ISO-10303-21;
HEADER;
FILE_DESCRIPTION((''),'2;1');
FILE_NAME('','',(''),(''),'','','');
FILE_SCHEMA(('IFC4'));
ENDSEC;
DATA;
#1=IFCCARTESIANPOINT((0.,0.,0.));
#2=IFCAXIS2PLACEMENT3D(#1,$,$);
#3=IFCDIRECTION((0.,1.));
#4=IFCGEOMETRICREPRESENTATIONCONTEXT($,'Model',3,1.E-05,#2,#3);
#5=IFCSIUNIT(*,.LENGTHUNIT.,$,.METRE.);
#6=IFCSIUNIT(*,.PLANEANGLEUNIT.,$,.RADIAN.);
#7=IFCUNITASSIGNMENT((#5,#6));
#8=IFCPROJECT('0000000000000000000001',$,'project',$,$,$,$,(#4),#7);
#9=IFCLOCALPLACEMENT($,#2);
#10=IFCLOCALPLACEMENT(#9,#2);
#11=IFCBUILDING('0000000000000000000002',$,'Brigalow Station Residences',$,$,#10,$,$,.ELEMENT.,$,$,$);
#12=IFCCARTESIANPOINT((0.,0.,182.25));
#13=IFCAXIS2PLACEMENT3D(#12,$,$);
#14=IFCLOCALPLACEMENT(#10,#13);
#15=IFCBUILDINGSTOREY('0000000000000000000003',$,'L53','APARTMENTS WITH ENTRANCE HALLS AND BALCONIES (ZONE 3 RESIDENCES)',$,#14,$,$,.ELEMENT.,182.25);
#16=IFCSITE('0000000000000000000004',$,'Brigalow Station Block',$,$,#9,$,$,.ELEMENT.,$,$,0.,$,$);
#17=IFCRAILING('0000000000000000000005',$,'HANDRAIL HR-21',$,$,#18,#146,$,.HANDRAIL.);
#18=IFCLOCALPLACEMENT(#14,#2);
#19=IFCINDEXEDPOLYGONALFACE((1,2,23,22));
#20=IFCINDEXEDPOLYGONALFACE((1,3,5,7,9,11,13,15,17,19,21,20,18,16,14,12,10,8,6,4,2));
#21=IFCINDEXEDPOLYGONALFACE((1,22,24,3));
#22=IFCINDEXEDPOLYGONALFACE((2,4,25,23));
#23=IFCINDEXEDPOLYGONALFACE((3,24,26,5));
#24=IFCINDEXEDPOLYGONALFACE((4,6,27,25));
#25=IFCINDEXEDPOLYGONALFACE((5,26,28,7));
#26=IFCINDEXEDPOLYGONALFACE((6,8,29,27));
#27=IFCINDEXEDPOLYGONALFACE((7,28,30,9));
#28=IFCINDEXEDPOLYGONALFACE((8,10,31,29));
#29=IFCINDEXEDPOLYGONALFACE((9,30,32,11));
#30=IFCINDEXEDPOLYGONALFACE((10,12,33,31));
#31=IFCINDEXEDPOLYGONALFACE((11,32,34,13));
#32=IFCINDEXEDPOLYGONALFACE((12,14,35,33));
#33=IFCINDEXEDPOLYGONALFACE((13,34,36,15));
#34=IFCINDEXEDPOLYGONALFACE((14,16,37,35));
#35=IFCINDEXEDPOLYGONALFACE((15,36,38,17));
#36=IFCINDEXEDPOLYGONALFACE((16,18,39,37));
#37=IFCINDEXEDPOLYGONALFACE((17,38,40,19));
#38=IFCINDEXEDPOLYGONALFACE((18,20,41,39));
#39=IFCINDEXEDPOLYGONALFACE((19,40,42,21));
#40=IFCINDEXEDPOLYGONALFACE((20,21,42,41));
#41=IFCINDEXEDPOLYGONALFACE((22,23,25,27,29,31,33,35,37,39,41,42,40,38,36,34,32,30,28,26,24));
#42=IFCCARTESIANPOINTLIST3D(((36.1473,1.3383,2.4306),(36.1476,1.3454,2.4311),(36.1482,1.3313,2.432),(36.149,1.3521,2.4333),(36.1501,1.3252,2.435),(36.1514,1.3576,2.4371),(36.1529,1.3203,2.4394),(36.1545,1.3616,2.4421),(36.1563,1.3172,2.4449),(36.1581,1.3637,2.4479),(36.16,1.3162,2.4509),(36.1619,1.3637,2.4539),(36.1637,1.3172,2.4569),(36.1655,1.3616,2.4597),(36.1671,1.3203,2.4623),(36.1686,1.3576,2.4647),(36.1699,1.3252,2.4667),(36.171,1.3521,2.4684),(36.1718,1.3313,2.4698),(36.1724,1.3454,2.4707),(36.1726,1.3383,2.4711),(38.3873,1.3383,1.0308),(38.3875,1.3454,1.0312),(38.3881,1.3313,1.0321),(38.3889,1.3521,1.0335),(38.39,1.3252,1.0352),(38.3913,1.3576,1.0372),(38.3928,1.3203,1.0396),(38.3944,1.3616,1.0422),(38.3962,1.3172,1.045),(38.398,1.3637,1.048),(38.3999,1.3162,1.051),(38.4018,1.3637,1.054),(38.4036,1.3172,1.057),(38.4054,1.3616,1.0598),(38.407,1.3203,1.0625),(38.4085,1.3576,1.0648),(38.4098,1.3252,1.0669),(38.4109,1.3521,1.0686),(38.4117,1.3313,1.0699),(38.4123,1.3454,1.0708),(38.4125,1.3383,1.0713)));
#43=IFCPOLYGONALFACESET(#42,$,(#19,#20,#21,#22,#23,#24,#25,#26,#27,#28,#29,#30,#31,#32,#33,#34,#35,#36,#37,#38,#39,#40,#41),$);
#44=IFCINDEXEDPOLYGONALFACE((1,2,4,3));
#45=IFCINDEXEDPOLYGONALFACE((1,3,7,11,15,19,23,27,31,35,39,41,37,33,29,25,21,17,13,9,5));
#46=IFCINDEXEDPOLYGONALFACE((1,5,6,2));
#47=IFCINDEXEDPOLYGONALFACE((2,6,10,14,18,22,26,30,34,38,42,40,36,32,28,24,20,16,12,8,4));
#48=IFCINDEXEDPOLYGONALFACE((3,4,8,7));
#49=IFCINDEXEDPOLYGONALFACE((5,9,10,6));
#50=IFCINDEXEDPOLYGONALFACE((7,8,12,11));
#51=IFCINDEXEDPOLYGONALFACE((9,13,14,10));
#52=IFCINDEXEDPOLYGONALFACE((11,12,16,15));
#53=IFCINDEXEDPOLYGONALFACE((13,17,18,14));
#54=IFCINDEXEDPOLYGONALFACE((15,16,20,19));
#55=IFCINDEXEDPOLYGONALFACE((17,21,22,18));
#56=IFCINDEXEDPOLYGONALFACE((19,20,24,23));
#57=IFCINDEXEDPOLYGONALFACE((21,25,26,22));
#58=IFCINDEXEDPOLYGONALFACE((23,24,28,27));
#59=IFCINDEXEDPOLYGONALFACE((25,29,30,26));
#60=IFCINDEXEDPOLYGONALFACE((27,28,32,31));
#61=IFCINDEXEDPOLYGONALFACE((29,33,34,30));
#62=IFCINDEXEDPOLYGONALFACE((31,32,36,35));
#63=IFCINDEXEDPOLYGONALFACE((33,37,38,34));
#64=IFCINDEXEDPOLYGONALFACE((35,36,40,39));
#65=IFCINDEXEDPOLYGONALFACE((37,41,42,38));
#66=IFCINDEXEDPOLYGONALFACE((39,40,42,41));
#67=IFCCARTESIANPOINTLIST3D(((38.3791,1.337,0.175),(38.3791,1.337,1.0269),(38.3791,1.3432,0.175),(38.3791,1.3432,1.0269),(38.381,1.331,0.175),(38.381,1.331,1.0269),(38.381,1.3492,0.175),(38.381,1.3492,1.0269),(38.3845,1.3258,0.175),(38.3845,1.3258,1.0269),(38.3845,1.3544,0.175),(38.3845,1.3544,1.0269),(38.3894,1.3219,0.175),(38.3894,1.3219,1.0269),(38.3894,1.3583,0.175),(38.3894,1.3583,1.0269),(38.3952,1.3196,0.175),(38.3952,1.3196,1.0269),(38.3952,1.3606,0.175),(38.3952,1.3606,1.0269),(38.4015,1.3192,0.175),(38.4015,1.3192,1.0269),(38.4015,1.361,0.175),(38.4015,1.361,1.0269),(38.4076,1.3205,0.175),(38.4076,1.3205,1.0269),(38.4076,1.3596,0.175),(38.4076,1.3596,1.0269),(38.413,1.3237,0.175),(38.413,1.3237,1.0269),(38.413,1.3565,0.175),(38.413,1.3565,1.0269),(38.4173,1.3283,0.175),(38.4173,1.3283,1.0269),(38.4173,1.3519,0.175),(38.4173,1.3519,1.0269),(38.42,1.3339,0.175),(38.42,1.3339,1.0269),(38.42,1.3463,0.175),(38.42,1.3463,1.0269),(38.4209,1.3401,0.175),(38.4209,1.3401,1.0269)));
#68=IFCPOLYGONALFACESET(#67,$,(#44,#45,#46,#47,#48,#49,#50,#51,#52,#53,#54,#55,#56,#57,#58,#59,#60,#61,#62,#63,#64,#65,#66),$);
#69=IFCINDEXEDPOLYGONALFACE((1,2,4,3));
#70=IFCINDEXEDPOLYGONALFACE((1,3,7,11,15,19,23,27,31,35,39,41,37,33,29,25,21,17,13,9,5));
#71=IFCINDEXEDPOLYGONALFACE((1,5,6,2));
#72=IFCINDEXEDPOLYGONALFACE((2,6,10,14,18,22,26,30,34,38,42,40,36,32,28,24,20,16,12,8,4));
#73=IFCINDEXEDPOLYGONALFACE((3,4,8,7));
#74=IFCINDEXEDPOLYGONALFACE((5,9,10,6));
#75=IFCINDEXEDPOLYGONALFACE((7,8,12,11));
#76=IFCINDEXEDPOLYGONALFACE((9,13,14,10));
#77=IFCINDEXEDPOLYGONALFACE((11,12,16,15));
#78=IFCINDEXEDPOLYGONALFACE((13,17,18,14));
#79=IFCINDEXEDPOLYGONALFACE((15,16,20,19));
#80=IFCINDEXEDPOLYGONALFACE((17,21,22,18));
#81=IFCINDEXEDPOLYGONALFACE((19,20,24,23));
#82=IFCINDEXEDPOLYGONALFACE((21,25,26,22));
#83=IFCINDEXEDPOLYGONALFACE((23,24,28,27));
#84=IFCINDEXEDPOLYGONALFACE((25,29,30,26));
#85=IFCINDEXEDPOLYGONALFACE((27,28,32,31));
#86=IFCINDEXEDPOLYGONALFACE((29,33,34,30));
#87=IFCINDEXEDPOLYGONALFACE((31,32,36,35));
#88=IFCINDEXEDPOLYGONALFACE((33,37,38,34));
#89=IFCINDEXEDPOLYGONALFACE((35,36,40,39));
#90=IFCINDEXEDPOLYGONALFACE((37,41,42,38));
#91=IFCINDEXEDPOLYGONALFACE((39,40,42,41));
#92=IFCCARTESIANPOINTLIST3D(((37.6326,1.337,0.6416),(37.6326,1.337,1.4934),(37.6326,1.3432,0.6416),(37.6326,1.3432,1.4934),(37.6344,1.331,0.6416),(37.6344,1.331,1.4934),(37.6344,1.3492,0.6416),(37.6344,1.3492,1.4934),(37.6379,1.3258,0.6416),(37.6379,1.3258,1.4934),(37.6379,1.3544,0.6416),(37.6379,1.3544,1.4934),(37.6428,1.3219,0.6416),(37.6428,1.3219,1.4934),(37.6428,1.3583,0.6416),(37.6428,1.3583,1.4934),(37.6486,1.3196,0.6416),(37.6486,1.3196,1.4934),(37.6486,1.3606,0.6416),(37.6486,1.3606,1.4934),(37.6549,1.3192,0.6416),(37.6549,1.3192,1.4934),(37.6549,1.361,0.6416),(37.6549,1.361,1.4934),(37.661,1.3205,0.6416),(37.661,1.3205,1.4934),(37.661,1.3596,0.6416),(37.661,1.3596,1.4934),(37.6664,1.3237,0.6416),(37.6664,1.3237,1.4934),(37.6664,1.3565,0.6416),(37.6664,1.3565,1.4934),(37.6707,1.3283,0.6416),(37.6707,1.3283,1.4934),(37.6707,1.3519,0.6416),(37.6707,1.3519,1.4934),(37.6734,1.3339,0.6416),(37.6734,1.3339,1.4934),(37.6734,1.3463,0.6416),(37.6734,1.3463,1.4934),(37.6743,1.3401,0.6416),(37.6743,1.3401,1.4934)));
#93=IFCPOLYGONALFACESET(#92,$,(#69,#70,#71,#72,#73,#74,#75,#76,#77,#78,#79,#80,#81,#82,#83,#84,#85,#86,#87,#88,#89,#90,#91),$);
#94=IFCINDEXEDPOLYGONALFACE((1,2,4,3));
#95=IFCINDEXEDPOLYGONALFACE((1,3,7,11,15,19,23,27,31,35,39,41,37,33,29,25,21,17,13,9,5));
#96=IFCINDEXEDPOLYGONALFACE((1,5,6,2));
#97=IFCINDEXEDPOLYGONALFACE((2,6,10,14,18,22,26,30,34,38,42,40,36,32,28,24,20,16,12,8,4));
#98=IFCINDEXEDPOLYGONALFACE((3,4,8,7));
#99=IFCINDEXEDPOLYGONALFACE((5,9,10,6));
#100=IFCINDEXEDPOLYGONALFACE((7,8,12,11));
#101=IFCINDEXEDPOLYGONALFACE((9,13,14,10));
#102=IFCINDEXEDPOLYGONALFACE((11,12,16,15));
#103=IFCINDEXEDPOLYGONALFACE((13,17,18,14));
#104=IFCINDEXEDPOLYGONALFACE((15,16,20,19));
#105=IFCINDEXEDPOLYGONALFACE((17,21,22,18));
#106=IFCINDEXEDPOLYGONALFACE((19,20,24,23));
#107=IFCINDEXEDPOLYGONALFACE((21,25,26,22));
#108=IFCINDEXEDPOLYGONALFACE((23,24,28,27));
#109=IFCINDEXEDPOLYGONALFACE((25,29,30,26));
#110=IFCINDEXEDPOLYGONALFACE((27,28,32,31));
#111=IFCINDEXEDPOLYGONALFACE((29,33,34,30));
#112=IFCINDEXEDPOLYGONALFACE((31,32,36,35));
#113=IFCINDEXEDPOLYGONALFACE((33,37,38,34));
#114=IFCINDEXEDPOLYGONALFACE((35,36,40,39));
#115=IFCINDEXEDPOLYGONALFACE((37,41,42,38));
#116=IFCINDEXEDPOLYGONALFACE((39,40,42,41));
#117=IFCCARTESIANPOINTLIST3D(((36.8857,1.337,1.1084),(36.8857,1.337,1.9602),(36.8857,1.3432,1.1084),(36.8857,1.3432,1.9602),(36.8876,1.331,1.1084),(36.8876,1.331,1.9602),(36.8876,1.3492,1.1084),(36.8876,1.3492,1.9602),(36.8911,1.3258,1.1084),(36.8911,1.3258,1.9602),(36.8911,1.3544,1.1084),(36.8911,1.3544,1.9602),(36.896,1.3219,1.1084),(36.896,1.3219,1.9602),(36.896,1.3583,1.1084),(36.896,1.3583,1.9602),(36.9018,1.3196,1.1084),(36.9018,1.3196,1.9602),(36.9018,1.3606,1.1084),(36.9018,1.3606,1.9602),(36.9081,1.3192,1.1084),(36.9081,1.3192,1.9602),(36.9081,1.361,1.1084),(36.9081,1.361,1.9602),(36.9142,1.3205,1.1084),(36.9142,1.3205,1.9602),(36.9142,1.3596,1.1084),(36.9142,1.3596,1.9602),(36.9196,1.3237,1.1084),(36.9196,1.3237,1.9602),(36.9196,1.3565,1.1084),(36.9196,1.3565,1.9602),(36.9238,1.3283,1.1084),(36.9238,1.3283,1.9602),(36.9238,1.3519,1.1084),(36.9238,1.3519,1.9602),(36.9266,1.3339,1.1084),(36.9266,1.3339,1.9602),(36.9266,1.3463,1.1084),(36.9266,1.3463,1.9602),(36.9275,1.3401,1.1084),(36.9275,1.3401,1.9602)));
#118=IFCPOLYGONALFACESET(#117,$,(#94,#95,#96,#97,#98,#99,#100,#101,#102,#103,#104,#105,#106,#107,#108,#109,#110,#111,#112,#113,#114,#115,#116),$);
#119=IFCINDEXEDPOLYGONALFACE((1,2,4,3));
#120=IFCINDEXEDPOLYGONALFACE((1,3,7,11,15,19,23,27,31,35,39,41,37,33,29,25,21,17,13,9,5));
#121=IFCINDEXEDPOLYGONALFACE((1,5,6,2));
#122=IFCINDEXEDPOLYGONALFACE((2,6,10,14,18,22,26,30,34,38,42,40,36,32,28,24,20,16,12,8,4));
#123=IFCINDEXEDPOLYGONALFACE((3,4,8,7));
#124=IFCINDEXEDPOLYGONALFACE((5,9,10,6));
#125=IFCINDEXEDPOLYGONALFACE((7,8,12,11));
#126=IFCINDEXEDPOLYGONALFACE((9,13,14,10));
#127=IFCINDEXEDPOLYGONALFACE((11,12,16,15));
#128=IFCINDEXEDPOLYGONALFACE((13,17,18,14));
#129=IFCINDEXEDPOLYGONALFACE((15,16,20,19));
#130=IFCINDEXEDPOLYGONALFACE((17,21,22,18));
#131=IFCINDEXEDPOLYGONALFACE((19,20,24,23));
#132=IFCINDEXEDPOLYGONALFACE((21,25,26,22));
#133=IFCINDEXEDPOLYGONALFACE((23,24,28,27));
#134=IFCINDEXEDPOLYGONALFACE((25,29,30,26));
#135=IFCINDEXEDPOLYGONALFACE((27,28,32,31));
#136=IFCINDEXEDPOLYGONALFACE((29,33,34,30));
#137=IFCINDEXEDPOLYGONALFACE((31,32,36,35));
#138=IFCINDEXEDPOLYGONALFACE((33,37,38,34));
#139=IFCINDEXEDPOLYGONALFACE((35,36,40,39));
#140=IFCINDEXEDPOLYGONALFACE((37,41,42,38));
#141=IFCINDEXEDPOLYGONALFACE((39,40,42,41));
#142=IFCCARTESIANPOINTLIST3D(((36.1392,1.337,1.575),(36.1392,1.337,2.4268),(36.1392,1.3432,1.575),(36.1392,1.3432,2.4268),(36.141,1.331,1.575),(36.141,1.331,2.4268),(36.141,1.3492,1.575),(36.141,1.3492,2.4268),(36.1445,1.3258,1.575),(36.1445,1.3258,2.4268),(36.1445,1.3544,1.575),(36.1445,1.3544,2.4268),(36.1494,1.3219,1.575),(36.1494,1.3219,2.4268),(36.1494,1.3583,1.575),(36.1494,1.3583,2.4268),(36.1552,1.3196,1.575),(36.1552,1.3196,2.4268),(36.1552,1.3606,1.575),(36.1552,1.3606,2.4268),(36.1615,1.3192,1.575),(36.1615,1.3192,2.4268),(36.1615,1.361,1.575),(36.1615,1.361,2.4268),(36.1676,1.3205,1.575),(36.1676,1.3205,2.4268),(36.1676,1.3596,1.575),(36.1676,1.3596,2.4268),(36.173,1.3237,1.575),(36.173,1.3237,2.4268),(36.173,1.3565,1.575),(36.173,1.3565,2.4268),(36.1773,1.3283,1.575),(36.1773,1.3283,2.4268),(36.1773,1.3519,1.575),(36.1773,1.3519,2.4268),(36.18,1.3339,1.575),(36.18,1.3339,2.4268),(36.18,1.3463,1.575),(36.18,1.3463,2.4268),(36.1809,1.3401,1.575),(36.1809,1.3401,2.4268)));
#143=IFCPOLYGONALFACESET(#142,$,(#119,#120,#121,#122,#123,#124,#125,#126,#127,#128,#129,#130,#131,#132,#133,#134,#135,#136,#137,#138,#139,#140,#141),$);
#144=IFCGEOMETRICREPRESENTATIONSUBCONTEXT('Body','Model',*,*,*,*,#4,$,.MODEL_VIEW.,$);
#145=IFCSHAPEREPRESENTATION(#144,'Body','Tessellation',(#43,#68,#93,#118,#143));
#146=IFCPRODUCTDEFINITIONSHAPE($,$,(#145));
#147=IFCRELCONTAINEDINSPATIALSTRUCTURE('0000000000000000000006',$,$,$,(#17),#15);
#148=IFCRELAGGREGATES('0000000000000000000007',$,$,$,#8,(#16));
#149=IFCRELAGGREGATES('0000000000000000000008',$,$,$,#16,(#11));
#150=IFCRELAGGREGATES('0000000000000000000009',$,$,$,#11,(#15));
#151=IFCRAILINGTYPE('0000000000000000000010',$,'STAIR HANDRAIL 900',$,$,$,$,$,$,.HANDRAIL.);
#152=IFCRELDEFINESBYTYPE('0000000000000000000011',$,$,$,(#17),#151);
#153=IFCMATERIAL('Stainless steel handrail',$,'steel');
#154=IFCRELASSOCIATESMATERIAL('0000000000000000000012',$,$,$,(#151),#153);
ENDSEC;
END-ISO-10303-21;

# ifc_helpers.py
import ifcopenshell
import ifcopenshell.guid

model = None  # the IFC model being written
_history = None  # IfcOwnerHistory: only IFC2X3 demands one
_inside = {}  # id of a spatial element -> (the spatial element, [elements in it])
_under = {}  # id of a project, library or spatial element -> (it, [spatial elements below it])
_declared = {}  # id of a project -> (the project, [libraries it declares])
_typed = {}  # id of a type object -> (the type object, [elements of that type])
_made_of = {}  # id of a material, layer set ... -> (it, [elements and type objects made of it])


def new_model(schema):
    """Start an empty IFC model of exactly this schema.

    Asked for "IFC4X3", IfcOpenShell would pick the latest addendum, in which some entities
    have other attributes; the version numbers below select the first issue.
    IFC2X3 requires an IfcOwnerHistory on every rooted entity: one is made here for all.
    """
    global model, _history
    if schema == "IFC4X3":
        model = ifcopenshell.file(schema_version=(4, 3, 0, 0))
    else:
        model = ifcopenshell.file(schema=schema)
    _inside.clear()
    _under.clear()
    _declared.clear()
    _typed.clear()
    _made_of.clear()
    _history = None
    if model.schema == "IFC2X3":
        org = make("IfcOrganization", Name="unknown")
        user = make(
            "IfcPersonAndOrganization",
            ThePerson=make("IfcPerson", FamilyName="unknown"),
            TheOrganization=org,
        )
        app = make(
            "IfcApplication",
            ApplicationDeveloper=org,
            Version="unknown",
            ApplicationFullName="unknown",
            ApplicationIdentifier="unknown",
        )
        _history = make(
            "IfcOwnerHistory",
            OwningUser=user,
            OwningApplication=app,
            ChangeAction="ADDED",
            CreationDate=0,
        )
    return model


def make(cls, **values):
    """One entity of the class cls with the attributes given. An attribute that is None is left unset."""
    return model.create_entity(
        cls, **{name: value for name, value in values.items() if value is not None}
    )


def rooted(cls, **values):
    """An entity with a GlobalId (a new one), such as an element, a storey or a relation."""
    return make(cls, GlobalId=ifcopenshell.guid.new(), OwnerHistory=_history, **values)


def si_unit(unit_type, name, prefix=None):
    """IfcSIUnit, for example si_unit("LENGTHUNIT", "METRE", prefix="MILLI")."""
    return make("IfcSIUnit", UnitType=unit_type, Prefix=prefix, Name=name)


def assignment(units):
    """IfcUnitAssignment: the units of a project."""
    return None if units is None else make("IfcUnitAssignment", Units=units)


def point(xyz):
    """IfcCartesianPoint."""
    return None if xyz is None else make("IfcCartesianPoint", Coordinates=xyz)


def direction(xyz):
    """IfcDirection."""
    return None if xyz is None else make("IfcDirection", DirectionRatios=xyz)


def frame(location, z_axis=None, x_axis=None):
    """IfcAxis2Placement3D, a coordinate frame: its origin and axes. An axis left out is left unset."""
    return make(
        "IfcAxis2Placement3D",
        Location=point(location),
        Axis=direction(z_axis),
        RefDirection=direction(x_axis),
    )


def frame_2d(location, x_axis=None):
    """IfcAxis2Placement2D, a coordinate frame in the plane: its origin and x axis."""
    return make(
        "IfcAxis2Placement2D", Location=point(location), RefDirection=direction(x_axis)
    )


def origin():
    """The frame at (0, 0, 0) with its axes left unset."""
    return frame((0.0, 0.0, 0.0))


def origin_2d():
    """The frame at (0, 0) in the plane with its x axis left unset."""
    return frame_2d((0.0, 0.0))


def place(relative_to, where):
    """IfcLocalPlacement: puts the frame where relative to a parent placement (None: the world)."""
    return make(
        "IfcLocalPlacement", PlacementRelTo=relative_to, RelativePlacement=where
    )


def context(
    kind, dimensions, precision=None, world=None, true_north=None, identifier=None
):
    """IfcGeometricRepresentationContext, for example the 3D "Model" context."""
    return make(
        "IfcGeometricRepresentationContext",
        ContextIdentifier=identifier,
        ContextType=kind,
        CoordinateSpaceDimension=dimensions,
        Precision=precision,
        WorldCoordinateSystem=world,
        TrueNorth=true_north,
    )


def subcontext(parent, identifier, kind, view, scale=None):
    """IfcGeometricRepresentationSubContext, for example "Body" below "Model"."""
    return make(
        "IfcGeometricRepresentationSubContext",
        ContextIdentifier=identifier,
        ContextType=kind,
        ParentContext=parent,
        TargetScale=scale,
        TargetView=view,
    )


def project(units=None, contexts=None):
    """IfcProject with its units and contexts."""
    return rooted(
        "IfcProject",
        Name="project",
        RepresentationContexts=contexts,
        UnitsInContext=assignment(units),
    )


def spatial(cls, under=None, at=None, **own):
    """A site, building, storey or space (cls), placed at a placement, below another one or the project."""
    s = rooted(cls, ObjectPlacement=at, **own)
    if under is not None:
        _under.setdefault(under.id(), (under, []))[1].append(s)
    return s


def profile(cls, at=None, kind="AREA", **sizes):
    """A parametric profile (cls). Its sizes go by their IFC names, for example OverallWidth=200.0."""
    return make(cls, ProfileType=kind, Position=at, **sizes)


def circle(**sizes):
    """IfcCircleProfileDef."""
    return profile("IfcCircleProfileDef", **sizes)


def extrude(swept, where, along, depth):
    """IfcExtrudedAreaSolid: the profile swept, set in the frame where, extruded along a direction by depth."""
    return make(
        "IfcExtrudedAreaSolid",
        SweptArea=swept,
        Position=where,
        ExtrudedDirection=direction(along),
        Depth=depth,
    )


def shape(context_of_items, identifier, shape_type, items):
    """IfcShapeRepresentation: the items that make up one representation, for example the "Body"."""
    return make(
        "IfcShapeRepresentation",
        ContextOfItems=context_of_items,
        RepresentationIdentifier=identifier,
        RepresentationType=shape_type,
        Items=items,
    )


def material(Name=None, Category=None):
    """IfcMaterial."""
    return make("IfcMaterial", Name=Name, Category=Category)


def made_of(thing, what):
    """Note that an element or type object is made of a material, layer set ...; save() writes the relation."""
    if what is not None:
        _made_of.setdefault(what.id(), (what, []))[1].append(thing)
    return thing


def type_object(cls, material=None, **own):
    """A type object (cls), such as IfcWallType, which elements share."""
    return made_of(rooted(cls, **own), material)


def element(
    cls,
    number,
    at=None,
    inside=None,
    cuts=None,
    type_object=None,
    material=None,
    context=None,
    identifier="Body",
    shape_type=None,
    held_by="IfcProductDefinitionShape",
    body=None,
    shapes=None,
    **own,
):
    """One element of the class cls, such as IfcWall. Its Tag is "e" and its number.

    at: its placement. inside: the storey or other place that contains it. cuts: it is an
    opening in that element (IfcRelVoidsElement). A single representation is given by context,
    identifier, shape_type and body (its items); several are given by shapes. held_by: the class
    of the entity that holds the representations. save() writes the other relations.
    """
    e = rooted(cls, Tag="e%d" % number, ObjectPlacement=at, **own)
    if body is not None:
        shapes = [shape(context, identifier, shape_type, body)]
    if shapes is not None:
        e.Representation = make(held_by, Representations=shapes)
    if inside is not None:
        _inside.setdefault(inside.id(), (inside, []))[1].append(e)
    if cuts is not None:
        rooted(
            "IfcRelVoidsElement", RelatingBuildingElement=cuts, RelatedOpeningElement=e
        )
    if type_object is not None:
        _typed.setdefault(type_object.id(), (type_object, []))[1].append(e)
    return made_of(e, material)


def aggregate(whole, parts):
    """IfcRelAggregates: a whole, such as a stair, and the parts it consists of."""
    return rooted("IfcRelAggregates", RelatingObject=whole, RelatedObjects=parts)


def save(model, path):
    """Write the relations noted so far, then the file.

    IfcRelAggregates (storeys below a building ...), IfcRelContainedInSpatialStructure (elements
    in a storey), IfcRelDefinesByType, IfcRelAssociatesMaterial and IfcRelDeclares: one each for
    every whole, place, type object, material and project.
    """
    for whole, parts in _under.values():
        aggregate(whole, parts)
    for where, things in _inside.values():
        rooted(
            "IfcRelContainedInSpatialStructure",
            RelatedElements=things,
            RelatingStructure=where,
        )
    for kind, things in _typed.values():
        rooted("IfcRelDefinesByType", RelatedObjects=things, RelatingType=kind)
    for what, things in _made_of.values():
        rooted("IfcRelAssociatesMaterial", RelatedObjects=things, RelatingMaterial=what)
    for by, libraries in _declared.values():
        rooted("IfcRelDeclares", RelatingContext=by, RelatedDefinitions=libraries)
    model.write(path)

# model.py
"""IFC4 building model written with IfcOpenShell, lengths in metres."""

from ifc_helpers import new_model, si_unit, direction, frame, origin, origin_2d, place, context, subcontext, project, spatial, circle, extrude, material, type_object, element, save


model = new_model("IFC4")

# Units and contexts
model_context = context("Model", 3, precision=1e-05, world=origin(), true_north=direction((0.0, 1.0)))
body_context = subcontext(model_context, "Body", "Model", "MODEL_VIEW")
ifc_project = project(units=[si_unit("LENGTHUNIT", "METRE"), si_unit("PLANEANGLEUNIT", "RADIAN")], contexts=[model_context])

# Site, building, storey
site_placement = place(None, origin())
site = spatial("IfcSite", under=ifc_project, at=site_placement, Name="Brigalow Station Block", CompositionType="ELEMENT", RefElevation=0.0)
building_placement = place(site_placement, origin())
building = spatial("IfcBuilding", under=site, at=building_placement, Name="Brigalow Station Residences", CompositionType="ELEMENT")
storey_placement = place(building_placement, frame((0.0, 0.0, 182.25)))
storey = spatial("IfcBuildingStorey", under=building, at=storey_placement, Name="L53", Description="APARTMENTS WITH ENTRANCE HALLS AND BALCONIES (ZONE 3 RESIDENCES)", CompositionType="ELEMENT", Elevation=182.25)

# Railing
ifc_material_1 = material(Name="Stainless steel handrail", Category="steel")
railing_type_1 = type_object("IfcRailingType", Name="STAIR HANDRAIL 900", PredefinedType="HANDRAIL", material=ifc_material_1)
railing_1_placement = place(storey_placement, frame((38.3999, 1.3401, 0.175)))
element("IfcRailing", 1, at=railing_1_placement, inside=storey, type_object=railing_type_1, Name="HANDRAIL HR-21", PredefinedType="HANDRAIL", context=body_context, shape_type="SweptSolid", body=[
    extrude(circle(Radius=0.0239, at=origin_2d()), frame((0.0, 0.0, 0.876), z_axis=(-0.848014, 0.0, 0.529974), x_axis=(0.0, -1.0, 0.0)), (0.0, 0.0, 1.0), 2.6414),
    extrude(circle(Radius=0.021, at=origin_2d()), origin(), (0.0, 0.0, 1.0), 0.8518),
    extrude(circle(Radius=0.021, at=origin_2d()), frame((-0.7466, 0.0, 0.4666)), (0.0, 0.0, 1.0), 0.8518),
    extrude(circle(Radius=0.021, at=origin_2d()), frame((-1.4934, 0.0, 0.9333)), (0.0, 0.0, 1.0), 0.8518),
    extrude(circle(Radius=0.021, at=origin_2d()), frame((-2.24, 0.0, 1.3999)), (0.0, 0.0, 1.0), 0.8518),
])

save(model, "model.ifc")
